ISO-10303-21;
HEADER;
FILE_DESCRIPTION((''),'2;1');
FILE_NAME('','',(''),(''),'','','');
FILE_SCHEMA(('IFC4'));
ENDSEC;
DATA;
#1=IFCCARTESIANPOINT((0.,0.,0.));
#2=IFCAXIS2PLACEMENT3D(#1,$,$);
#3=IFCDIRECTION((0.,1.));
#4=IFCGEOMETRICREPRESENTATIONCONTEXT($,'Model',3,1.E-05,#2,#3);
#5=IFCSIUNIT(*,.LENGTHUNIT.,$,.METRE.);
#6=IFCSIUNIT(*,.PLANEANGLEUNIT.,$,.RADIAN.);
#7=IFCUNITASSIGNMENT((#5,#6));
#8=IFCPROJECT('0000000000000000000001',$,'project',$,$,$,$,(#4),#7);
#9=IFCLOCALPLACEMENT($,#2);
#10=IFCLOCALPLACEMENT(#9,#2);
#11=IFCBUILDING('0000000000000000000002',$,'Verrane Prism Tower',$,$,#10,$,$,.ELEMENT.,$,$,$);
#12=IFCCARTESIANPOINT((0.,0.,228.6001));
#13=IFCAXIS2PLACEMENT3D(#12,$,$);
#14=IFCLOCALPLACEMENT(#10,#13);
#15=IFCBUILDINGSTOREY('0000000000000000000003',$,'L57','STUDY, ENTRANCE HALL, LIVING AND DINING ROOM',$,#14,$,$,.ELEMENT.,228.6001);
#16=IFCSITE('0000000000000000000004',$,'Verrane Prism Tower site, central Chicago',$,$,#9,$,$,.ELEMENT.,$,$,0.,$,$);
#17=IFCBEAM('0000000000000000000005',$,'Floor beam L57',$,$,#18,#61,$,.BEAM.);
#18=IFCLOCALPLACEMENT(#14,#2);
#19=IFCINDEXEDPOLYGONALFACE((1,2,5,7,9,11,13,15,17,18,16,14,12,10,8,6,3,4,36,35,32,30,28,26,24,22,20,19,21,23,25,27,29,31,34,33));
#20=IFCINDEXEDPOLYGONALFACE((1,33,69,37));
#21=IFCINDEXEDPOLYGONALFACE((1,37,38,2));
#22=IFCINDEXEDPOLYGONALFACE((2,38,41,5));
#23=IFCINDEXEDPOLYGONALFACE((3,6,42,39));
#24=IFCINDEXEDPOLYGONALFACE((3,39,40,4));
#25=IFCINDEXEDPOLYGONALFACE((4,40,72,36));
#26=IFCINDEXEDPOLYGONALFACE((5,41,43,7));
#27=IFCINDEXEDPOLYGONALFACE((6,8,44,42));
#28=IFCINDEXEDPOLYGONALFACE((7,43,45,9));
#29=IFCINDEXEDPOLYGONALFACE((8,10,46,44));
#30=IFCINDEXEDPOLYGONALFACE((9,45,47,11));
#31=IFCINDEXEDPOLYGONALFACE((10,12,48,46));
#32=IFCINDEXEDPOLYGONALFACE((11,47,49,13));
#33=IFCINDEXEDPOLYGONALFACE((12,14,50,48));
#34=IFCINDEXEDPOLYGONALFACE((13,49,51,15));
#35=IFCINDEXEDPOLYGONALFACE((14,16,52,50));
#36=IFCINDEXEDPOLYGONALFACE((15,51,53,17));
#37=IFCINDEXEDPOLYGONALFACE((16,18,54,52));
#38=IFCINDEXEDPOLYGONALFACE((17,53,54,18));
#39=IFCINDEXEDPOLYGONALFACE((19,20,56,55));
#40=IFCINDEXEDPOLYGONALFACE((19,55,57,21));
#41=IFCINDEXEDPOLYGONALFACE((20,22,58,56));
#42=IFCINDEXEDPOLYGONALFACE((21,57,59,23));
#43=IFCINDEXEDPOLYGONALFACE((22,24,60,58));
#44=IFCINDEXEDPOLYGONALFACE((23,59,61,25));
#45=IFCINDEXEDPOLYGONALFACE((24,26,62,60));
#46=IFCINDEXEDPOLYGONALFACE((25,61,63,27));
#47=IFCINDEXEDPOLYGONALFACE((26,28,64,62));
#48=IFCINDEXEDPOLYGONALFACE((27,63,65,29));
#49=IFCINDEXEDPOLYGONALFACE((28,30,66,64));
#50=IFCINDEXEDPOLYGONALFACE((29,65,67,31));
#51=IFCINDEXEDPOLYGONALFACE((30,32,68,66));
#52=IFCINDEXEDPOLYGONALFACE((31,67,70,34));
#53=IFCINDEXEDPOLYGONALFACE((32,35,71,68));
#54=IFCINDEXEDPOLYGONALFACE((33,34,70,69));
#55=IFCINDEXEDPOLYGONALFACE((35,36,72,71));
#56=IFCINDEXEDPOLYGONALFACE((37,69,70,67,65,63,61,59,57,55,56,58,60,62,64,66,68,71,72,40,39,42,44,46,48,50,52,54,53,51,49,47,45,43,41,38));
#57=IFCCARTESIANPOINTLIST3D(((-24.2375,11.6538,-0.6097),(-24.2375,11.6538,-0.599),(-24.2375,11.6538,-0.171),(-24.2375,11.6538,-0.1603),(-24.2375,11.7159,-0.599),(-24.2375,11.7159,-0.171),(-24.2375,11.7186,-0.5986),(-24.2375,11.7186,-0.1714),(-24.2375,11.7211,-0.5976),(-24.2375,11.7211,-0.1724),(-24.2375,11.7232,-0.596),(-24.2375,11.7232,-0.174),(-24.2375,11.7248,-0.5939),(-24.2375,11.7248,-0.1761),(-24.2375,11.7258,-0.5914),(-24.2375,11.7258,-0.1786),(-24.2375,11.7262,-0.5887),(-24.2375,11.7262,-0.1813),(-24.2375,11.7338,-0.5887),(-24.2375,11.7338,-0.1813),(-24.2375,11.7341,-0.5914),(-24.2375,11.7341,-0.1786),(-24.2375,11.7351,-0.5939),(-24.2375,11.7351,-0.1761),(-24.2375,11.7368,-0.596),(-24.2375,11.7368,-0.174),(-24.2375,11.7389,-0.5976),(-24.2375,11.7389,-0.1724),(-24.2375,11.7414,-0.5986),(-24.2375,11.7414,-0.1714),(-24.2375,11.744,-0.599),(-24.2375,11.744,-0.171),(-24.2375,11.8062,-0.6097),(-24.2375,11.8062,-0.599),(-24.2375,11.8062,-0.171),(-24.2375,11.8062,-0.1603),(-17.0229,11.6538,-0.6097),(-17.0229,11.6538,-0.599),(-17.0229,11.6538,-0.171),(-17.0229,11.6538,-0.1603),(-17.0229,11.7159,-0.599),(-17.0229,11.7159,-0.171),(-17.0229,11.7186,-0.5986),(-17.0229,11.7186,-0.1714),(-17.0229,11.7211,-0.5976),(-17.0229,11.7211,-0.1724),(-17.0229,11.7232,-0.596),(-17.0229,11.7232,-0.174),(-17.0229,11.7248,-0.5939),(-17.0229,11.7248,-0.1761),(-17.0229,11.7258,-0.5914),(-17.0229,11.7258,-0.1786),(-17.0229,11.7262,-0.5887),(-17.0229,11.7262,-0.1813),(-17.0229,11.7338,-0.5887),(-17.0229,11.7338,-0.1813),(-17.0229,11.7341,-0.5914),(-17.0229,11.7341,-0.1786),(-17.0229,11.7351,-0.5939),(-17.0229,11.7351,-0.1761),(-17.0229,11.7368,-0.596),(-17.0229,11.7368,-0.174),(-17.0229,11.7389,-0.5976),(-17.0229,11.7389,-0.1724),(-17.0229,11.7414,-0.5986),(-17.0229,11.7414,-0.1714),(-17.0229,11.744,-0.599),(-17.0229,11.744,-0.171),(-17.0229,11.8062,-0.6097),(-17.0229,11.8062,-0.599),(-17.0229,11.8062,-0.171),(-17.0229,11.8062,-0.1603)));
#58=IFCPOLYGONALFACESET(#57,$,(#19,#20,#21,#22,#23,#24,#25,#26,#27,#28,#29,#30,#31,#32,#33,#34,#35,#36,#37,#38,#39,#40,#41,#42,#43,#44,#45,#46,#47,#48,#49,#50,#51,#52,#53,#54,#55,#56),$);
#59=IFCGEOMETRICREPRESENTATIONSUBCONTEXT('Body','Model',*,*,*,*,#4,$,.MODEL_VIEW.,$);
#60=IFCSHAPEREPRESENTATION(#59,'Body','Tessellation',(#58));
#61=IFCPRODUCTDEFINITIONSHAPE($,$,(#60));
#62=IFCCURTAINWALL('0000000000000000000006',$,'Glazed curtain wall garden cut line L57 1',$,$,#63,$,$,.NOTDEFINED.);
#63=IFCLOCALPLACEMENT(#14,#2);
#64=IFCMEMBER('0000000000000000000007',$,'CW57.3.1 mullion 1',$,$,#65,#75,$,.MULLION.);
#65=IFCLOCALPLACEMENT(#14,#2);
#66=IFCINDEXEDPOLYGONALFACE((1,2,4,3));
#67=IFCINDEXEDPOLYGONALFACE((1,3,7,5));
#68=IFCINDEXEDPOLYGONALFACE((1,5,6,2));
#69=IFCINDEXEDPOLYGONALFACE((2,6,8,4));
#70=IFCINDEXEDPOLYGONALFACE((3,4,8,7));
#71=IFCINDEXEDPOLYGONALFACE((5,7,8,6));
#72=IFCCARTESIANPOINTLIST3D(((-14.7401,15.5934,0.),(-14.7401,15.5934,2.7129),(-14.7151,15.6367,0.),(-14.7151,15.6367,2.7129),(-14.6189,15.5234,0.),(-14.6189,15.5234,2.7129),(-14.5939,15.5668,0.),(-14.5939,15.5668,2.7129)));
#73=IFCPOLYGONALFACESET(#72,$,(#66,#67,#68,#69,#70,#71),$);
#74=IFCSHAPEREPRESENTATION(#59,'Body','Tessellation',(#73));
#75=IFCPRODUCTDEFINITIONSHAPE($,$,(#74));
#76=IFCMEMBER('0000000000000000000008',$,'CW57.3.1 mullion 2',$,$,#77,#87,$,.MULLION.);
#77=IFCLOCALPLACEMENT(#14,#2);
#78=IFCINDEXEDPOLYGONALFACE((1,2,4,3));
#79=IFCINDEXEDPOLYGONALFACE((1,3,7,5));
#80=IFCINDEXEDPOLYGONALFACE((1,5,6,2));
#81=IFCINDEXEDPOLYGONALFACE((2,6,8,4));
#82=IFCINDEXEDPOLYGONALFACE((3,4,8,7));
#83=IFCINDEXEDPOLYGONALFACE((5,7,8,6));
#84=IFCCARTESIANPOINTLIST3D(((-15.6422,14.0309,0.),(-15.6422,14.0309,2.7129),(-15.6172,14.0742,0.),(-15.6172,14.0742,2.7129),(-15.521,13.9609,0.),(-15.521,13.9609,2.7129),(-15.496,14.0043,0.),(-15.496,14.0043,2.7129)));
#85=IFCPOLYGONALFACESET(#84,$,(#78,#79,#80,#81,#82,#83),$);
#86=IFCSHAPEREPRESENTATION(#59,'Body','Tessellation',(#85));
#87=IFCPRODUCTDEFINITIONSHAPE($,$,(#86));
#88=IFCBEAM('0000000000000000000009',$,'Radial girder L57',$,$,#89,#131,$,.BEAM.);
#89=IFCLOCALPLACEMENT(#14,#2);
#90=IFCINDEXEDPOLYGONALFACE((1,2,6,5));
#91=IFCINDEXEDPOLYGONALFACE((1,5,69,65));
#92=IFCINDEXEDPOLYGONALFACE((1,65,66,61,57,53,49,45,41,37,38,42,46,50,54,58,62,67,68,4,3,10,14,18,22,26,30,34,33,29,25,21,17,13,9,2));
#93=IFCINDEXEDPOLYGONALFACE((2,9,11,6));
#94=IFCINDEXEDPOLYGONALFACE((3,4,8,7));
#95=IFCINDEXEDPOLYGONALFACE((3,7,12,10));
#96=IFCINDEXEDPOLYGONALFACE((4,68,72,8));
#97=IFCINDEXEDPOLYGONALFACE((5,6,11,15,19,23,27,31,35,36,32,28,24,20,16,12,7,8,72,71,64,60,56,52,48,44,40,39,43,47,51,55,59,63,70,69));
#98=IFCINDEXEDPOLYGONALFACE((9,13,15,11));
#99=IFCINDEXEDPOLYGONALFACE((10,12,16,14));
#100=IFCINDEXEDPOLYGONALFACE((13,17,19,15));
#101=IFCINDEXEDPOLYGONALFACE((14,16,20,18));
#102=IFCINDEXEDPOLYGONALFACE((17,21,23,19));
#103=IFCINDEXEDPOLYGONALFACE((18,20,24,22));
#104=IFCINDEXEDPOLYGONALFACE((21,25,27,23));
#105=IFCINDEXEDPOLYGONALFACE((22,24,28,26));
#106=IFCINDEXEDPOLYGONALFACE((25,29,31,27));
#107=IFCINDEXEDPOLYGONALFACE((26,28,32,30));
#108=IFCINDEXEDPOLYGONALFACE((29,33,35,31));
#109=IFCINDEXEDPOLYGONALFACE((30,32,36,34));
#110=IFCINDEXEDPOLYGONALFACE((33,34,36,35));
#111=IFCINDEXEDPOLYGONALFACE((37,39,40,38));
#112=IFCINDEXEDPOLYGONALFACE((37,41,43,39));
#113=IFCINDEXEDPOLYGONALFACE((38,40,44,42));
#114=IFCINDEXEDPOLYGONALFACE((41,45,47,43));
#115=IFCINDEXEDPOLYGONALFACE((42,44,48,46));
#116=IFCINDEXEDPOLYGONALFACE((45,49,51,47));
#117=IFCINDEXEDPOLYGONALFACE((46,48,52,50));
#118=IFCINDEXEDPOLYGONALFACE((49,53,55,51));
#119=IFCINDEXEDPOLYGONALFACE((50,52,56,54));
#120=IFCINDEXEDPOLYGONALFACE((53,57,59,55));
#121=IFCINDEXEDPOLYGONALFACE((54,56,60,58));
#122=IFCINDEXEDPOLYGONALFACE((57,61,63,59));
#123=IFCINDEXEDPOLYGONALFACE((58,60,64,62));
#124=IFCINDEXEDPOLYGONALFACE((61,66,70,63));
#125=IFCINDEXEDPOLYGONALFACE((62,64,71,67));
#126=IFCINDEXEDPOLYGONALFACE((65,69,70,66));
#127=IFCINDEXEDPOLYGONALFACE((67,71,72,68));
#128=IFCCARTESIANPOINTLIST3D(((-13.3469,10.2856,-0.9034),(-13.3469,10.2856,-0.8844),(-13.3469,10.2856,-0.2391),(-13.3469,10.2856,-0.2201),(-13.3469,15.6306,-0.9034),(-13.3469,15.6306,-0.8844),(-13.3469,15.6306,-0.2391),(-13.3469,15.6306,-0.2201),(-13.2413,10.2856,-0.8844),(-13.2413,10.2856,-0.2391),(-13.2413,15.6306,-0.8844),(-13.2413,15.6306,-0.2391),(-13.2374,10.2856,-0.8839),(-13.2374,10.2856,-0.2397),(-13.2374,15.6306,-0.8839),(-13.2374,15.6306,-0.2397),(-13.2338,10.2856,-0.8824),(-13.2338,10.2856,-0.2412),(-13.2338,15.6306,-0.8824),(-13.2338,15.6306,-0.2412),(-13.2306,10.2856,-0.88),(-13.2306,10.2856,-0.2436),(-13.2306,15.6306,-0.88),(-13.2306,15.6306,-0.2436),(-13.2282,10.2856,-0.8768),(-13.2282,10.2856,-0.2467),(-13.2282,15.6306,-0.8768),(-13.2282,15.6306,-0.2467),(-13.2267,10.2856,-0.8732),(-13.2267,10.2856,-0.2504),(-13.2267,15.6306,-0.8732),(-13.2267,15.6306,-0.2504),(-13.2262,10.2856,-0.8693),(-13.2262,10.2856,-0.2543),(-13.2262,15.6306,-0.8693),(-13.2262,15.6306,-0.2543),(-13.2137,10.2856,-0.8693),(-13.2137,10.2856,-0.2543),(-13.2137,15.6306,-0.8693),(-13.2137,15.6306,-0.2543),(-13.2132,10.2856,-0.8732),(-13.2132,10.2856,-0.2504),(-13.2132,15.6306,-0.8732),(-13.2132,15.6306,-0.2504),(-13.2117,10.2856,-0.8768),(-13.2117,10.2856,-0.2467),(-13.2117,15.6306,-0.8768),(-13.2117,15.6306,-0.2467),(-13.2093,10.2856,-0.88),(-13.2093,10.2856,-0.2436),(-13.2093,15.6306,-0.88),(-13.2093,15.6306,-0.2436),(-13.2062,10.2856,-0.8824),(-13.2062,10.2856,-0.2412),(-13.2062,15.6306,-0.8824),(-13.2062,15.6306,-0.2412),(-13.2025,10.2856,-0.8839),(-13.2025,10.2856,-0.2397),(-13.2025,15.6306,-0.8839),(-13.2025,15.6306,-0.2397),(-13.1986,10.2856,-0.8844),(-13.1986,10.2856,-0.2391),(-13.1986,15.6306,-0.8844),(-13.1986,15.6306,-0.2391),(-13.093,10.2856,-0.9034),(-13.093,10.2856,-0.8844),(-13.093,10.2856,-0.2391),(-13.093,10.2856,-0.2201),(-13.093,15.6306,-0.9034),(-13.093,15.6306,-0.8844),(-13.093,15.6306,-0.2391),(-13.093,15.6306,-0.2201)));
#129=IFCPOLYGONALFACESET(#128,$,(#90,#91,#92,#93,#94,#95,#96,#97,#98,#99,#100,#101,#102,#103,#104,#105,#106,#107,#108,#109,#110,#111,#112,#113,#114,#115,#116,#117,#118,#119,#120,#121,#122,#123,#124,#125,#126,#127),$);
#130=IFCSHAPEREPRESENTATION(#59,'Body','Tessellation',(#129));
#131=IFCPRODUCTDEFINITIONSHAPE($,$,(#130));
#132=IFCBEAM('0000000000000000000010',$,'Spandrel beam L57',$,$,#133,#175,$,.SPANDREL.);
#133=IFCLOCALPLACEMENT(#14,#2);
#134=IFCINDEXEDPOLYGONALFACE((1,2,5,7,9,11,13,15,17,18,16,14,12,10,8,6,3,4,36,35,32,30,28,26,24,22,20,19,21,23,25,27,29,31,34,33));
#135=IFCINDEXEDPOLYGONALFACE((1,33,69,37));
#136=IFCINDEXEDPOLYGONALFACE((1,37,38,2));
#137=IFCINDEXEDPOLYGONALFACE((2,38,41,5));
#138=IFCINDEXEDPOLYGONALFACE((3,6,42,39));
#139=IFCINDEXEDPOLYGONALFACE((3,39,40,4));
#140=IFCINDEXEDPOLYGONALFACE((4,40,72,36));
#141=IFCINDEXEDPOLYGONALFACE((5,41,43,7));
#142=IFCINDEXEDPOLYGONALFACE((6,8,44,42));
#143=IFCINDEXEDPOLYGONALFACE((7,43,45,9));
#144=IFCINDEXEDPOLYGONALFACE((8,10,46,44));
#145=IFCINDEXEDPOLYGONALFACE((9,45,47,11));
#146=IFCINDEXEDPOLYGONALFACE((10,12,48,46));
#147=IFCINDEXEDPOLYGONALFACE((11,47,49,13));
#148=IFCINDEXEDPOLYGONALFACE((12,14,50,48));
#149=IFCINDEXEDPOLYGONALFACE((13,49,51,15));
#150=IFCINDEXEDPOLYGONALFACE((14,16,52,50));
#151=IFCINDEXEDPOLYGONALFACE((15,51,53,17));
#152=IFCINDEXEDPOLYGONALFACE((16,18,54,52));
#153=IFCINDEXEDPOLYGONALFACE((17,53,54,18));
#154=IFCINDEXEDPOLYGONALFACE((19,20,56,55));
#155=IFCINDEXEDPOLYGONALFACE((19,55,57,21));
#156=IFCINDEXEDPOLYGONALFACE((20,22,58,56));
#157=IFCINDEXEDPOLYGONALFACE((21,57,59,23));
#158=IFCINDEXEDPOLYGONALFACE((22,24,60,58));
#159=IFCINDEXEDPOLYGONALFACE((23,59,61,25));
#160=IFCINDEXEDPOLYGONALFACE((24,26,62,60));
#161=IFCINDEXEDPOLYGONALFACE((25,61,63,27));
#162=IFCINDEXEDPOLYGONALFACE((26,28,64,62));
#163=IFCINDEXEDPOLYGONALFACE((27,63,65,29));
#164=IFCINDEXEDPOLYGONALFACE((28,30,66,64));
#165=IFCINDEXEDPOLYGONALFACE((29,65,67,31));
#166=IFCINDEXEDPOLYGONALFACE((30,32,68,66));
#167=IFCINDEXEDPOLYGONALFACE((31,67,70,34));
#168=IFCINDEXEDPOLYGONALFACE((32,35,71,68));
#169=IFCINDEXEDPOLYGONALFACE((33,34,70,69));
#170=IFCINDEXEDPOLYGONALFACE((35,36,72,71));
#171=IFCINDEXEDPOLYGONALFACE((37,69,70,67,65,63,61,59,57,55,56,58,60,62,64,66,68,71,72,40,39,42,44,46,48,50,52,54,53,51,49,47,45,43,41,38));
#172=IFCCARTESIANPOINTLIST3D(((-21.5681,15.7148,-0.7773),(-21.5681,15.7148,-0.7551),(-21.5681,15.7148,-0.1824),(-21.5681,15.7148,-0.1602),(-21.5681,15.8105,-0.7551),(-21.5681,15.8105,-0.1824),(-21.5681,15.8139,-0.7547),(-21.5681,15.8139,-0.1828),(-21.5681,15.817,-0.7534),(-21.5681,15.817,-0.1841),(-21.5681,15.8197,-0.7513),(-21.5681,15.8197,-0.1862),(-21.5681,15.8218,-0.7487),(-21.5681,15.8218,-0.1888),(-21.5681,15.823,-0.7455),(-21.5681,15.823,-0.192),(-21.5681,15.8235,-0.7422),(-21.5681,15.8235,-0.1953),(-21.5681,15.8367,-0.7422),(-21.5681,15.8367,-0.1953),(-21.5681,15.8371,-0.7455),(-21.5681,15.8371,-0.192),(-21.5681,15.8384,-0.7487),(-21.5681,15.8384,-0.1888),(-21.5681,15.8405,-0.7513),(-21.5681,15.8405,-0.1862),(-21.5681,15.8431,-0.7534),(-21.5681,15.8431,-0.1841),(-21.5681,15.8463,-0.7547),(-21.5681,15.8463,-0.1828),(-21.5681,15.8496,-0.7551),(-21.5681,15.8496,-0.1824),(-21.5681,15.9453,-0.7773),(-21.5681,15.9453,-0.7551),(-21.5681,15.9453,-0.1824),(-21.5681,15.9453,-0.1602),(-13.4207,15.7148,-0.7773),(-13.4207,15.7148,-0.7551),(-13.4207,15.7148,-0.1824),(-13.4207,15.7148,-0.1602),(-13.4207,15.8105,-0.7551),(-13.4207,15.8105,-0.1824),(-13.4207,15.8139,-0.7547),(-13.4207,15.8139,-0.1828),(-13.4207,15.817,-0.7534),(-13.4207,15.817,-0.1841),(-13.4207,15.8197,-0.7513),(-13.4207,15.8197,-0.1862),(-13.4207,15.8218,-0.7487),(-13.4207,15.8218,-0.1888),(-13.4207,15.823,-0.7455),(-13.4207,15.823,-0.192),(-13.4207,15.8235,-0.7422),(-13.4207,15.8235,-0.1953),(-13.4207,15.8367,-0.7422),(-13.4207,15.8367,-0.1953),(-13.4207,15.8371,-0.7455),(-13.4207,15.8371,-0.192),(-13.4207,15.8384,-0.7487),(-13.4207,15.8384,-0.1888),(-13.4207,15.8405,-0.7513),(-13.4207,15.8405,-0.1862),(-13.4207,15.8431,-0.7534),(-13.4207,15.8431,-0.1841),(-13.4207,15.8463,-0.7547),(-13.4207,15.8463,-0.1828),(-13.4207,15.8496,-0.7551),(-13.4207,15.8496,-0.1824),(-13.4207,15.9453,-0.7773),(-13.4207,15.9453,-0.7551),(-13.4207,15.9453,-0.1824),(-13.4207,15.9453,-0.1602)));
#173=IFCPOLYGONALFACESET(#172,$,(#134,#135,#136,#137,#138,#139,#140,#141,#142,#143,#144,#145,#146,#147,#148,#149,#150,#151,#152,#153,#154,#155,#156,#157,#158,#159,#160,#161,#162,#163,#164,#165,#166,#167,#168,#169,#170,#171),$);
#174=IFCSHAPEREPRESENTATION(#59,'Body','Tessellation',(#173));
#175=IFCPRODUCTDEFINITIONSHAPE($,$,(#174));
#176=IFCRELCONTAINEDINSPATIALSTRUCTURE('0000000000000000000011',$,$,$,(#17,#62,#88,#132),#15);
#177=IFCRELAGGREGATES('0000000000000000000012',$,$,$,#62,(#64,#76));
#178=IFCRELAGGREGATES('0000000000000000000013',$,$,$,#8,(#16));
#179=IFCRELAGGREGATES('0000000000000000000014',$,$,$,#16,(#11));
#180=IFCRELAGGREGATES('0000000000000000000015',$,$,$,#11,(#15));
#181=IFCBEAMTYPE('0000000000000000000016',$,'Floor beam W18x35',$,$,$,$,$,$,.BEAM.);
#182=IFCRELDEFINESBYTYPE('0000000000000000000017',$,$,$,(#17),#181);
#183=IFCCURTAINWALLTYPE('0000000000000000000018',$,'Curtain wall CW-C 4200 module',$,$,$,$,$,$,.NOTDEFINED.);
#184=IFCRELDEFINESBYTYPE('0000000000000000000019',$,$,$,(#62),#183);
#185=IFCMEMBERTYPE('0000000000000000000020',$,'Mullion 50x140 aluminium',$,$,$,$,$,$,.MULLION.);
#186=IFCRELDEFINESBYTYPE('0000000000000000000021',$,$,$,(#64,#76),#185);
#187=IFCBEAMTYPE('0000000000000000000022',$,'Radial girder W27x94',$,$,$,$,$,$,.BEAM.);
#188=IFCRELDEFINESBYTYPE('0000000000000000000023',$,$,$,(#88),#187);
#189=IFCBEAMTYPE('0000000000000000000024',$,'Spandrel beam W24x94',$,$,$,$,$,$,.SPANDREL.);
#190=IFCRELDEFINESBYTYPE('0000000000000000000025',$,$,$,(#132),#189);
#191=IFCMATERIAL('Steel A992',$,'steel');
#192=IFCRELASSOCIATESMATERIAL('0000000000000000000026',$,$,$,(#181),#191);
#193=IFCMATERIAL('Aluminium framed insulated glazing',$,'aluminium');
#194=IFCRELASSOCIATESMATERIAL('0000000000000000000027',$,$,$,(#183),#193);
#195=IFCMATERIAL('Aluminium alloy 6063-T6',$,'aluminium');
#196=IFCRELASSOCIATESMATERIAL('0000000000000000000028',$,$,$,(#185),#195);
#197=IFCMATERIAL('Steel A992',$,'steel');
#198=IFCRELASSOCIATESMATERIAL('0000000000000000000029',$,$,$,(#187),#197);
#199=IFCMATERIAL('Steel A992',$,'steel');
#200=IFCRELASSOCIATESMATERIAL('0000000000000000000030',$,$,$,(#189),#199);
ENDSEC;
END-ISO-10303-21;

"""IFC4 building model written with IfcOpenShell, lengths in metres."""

from ifc_helpers import new_model, si_unit, direction, frame, origin, origin_2d, place, context, subcontext, project, spatial, rectangle, i_section, extrude, material, material_profile, profile_set, type_object, element, aggregate, save


model = new_model("IFC4")

# Units and contexts
model_context = context("Model", 3, precision=1e-05, world=origin(), true_north=direction((0.0, 1.0)))
body_context = subcontext(model_context, "Body", "Model", "MODEL_VIEW")
ifc_project = project(units=[si_unit("LENGTHUNIT", "METRE"), si_unit("PLANEANGLEUNIT", "RADIAN")], contexts=[model_context])

# Site, building, storey
site_placement = place(None, origin())
site = spatial("IfcSite", under=ifc_project, at=site_placement, Name="Verrane Prism Tower site, central Chicago", CompositionType="ELEMENT", RefElevation=0.0)
building_placement = place(site_placement, origin())
building = spatial("IfcBuilding", under=site, at=building_placement, Name="Verrane Prism Tower", CompositionType="ELEMENT")
storey_placement = place(building_placement, frame((0.0, 0.0, 228.6001)))
storey = spatial("IfcBuildingStorey", under=building, at=storey_placement, Name="L57", Description="STUDY, ENTRANCE HALL, LIVING AND DINING ROOM", CompositionType="ELEMENT", Elevation=228.6001)

# Beam
ifc_material_1 = material(Name="Steel A992", Category="steel")
ifc_material_profile_1 = material_profile(ifc_material_1, i_section(OverallWidth=0.1523, OverallDepth=0.4495, WebThickness=0.0076, FlangeThickness=0.0107, FilletRadius=0.0103, at=origin_2d()), Name="W18x35")
ifc_profile_set_1 = profile_set([ifc_material_profile_1], Name="Steel A992")
beam_type_1 = type_object("IfcBeamType", Name="Floor beam W18x35", PredefinedType="BEAM", material=ifc_profile_set_1)
beam_1_placement = place(storey_placement, frame((-24.2375, 11.73, -0.385), z_axis=(1.0, 0.0, 0.0), x_axis=(0.0, 1.0, 0.0)))
element("IfcBeam", 1, at=beam_1_placement, inside=storey, type_object=beam_type_1, Name="Floor beam L57", PredefinedType="BEAM", context=body_context, shape_type="SweptSolid", body=[
    extrude(i_section(OverallWidth=0.1523, OverallDepth=0.4495, WebThickness=0.0076, FlangeThickness=0.0107, FilletRadius=0.0103, at=origin_2d()), origin(), (0.0, 0.0, 1.0), 7.2146),
])

# Curtain wall, members
ifc_material_2 = material(Name="Aluminium framed insulated glazing", Category="aluminium")
curtain_wall_type = type_object("IfcCurtainWallType", Name="Curtain wall CW-C 4200 module", PredefinedType="NOTDEFINED", material=ifc_material_2)
curtain_wall_placement = place(storey_placement, origin())
curtain_wall = element("IfcCurtainWall", 2, at=curtain_wall_placement, inside=storey, type_object=curtain_wall_type, Name="Glazed curtain wall garden cut line L57 1", PredefinedType="NOTDEFINED")
ifc_material_3 = material(Name="Aluminium alloy 6063-T6", Category="aluminium")
ifc_material_profile_2 = material_profile(ifc_material_3, rectangle(XDim=0.1399, YDim=0.05, at=origin_2d()), Name="Mullion 50x140 aluminium")
ifc_profile_set_2 = profile_set([ifc_material_profile_2], Name="Aluminium alloy 6063-T6")
member_type_1 = type_object("IfcMemberType", Name="Mullion 50x140 aluminium", PredefinedType="MULLION", material=ifc_profile_set_2)
member_1_placement = place(storey_placement, frame((-14.667, 15.5801, 0.0), z_axis=(0.0, 0.0, 1.0), x_axis=(0.866041, -0.499973, 0.0)))
member_1 = element("IfcMember", 3, at=member_1_placement, type_object=member_type_1, Name="CW57.3.1 mullion 1", PredefinedType="MULLION", context=body_context, shape_type="SweptSolid", body=[
    extrude(rectangle(XDim=0.1399, YDim=0.05, at=origin_2d()), origin(), (0.0, 0.0, 1.0), 2.7129),
])
member_2_placement = place(storey_placement, frame((-15.5691, 14.0176, 0.0), z_axis=(0.0, 0.0, 1.0), x_axis=(0.866041, -0.499973, 0.0)))
member_2 = element("IfcMember", 4, at=member_2_placement, type_object=member_type_1, Name="CW57.3.1 mullion 2", PredefinedType="MULLION", context=body_context, shape_type="SweptSolid", body=[
    extrude(rectangle(XDim=0.1399, YDim=0.05, at=origin_2d()), origin(), (0.0, 0.0, 1.0), 2.7129),
])

# Beams
ifc_material_4 = material(Name="Steel A992", Category="steel")
ifc_material_profile_3 = material_profile(ifc_material_4, i_section(OverallWidth=0.2539, OverallDepth=0.6833, WebThickness=0.0125, FlangeThickness=0.019, FilletRadius=0.0151, at=origin_2d()), Name="W27x94")
ifc_profile_set_3 = profile_set([ifc_material_profile_3], Name="Steel A992")
beam_type_2 = type_object("IfcBeamType", Name="Radial girder W27x94", PredefinedType="BEAM", material=ifc_profile_set_3)
beam_2_placement = place(storey_placement, frame((-13.22, 15.6306, -0.5618), z_axis=(0.0, -1.0, 0.0), x_axis=(1.0, 0.0, 0.0)))
element("IfcBeam", 5, at=beam_2_placement, inside=storey, type_object=beam_type_2, Name="Radial girder L57", PredefinedType="BEAM", context=body_context, shape_type="SweptSolid", body=[
    extrude(i_section(OverallWidth=0.2539, OverallDepth=0.6833, WebThickness=0.0125, FlangeThickness=0.019, FilletRadius=0.0151, at=origin_2d()), origin(), (0.0, 0.0, 1.0), 5.345),
])
ifc_material_5 = material(Name="Steel A992", Category="steel")
ifc_material_profile_4 = material_profile(ifc_material_5, i_section(OverallWidth=0.2305, OverallDepth=0.6172, WebThickness=0.0132, FlangeThickness=0.0222, FilletRadius=0.0129, at=origin_2d()), Name="W24x94")
ifc_profile_set_4 = profile_set([ifc_material_profile_4], Name="Steel A992")
beam_type_3 = type_object("IfcBeamType", Name="Spandrel beam W24x94", PredefinedType="SPANDREL", material=ifc_profile_set_4)
beam_3_placement = place(storey_placement, frame((-13.4207, 15.8301, -0.4688), z_axis=(-1.0, 0.0, 0.0), x_axis=(0.0, -1.0, 0.0)))
element("IfcBeam", 6, at=beam_3_placement, inside=storey, type_object=beam_type_3, Name="Spandrel beam L57", PredefinedType="SPANDREL", context=body_context, shape_type="SweptSolid", body=[
    extrude(i_section(OverallWidth=0.2305, OverallDepth=0.6172, WebThickness=0.0132, FlangeThickness=0.0222, FilletRadius=0.0129, at=origin_2d()), origin(), (0.0, 0.0, 1.0), 8.1475),
])

aggregate(curtain_wall, [member_1, member_2])

save(model, "model.ifc")
